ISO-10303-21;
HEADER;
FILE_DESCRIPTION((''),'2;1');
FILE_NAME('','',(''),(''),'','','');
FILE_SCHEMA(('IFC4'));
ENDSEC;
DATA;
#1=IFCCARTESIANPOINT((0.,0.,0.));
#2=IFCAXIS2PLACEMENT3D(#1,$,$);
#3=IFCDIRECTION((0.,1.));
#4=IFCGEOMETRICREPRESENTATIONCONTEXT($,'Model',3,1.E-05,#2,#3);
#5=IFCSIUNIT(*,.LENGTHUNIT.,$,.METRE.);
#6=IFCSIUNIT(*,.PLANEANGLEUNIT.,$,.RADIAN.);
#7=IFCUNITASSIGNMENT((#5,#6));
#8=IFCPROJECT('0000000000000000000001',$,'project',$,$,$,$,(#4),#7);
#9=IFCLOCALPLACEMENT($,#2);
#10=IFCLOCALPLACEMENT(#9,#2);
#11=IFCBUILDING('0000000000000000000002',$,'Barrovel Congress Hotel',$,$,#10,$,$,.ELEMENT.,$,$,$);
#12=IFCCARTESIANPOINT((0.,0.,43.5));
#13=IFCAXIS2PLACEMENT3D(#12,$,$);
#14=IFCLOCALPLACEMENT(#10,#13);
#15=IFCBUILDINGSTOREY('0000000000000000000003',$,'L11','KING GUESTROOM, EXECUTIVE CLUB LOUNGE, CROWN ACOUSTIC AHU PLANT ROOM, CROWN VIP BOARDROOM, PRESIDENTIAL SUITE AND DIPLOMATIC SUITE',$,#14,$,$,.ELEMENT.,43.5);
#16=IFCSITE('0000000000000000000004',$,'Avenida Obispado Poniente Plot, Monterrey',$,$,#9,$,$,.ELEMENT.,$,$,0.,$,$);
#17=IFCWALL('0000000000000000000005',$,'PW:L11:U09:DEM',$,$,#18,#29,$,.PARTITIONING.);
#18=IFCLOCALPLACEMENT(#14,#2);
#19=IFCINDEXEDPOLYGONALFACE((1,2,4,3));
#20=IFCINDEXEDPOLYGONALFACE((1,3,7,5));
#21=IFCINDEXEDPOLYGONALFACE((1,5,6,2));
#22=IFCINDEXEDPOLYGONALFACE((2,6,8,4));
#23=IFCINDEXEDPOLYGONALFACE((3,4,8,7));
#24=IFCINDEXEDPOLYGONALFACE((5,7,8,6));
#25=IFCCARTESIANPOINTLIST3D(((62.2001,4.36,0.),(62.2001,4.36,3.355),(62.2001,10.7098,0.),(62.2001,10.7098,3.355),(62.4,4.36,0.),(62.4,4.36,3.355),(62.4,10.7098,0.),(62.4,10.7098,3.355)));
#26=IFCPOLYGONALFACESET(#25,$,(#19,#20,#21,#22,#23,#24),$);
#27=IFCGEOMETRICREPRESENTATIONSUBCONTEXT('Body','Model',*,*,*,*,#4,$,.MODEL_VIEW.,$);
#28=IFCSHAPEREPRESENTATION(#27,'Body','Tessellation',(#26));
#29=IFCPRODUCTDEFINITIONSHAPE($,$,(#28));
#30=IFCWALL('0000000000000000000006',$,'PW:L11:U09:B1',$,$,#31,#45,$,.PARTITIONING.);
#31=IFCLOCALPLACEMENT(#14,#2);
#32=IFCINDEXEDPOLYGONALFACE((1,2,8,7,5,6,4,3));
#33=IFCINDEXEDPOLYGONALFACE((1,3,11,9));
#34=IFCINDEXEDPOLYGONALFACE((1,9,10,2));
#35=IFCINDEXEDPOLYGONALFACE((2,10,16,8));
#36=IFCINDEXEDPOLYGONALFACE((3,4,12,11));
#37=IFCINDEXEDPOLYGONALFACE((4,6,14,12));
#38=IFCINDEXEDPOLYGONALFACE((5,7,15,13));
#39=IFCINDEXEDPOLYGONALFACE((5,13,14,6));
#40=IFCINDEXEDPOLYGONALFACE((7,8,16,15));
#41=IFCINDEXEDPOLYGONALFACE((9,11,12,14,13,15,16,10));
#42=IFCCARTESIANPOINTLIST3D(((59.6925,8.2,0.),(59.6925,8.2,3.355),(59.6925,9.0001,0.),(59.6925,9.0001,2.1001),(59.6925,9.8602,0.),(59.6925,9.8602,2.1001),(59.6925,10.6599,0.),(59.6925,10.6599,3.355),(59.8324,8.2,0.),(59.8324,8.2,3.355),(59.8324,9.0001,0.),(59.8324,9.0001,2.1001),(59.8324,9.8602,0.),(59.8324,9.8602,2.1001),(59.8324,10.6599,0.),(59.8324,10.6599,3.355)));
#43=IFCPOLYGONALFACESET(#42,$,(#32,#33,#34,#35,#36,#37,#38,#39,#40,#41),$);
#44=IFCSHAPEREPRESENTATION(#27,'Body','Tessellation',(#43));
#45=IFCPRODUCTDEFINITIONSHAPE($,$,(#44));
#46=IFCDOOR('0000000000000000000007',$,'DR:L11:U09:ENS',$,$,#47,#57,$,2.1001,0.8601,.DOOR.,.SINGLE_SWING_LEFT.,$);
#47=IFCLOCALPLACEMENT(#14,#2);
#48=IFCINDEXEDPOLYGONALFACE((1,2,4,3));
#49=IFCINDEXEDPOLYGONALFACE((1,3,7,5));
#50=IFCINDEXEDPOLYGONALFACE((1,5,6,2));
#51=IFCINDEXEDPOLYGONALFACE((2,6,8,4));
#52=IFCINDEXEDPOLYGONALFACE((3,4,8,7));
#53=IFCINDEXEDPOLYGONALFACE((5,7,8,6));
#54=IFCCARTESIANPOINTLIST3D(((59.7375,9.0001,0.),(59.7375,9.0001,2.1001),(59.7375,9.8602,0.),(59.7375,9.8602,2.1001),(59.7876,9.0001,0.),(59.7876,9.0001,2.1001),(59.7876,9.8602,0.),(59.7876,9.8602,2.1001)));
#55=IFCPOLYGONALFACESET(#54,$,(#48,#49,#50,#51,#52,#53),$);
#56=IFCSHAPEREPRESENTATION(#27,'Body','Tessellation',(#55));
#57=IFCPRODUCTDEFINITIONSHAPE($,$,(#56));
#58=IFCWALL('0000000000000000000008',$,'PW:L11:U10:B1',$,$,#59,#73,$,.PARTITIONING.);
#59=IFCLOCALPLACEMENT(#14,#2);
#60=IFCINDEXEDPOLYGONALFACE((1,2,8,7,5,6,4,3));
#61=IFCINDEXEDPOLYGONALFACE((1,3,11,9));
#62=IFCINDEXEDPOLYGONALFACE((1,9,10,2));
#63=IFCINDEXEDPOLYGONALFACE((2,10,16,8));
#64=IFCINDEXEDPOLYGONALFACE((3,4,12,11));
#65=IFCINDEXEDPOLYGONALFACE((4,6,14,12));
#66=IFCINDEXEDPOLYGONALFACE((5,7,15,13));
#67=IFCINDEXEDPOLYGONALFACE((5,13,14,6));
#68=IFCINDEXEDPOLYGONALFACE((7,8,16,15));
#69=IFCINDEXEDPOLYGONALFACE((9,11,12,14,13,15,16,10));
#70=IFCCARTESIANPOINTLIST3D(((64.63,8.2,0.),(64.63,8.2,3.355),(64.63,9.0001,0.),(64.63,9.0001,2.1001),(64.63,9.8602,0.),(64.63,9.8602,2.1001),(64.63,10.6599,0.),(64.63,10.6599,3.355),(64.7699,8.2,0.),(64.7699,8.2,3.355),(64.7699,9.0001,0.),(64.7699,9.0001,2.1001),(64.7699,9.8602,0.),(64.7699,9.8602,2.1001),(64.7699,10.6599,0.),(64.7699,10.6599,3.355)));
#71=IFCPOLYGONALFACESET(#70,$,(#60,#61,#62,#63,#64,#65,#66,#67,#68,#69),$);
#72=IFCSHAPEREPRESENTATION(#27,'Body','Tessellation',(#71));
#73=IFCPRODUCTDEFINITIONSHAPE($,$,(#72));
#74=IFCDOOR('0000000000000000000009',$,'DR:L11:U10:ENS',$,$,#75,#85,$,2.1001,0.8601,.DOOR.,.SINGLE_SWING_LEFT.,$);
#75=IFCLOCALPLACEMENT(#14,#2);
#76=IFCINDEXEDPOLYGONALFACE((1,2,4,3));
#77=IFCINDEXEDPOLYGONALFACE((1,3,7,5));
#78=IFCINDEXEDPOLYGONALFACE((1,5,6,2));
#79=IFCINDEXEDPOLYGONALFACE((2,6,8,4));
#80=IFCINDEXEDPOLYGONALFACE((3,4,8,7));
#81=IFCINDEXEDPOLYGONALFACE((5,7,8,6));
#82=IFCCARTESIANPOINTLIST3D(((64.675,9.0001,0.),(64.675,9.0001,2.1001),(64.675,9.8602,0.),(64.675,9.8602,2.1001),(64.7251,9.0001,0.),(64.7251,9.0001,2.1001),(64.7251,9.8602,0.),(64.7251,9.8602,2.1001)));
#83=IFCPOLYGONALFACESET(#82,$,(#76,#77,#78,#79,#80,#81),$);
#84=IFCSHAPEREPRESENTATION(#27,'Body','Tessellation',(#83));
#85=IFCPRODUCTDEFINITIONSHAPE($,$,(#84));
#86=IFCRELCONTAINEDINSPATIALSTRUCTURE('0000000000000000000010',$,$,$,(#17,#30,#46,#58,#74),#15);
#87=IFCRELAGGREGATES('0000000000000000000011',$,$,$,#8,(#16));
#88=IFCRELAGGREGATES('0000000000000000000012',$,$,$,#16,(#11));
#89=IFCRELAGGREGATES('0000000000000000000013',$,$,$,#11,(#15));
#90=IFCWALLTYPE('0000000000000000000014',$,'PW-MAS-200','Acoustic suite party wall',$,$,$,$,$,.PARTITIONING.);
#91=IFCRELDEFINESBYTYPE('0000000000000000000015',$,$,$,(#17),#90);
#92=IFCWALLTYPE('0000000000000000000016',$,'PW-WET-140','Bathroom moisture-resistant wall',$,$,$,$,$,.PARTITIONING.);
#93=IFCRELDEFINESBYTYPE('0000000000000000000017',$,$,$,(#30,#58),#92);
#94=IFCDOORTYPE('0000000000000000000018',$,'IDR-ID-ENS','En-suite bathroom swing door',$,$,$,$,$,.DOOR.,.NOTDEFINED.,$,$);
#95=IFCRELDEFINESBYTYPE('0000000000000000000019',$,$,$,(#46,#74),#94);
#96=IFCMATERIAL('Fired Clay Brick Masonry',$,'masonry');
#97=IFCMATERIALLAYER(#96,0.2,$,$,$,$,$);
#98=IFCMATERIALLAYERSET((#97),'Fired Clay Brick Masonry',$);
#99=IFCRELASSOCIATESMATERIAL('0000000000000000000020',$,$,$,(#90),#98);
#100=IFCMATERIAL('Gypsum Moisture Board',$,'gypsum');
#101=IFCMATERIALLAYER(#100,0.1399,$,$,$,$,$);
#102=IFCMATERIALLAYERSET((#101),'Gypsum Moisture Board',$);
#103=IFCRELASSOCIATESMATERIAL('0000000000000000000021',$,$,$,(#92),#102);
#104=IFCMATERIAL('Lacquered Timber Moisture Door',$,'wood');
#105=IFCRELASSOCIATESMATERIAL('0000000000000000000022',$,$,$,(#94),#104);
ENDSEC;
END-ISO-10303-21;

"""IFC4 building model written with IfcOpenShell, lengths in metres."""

from ifc_helpers import new_model, si_unit, direction, frame, frame_2d, origin, place, context, subcontext, project, spatial, rectangle, extrude, material, layer, layer_set, type_object, element, fill, save


model = new_model("IFC4")

# Units and contexts
model_context = context("Model", 3, precision=1e-05, world=origin(), true_north=direction((0.0, 1.0)))
body_context = subcontext(model_context, "Body", "Model", "MODEL_VIEW")
ifc_project = project(units=[si_unit("LENGTHUNIT", "METRE"), si_unit("PLANEANGLEUNIT", "RADIAN")], contexts=[model_context])

# Site, building, storey
site_placement = place(None, origin())
site = spatial("IfcSite", under=ifc_project, at=site_placement, Name="Avenida Obispado Poniente Plot, Monterrey", CompositionType="ELEMENT", RefElevation=0.0)
building_placement = place(site_placement, origin())
building = spatial("IfcBuilding", under=site, at=building_placement, Name="Barrovel Congress Hotel", CompositionType="ELEMENT")
storey_placement = place(building_placement, frame((0.0, 0.0, 43.5)))
storey = spatial("IfcBuildingStorey", under=building, at=storey_placement, Name="L11", Description="KING GUESTROOM, EXECUTIVE CLUB LOUNGE, CROWN ACOUSTIC AHU PLANT ROOM, CROWN VIP BOARDROOM, PRESIDENTIAL SUITE AND DIPLOMATIC SUITE", CompositionType="ELEMENT", Elevation=43.5)

# Shared definitions
ifc_material_1 = material(Name="Fired Clay Brick Masonry", Category="masonry")

# Wall
ifc_layer_1 = layer(ifc_material_1, 0.2)
ifc_layer_set_1 = layer_set([ifc_layer_1], Name="Fired Clay Brick Masonry")
wall_type_1 = type_object("IfcWallType", Name="PW-MAS-200", Description="Acoustic suite party wall", PredefinedType="PARTITIONING", material=ifc_layer_set_1)
for number, where, z_axis, x_axis, name in (
    (1, (62.3, 4.3601, 0.0), (0.0, 0.0, 1.0), (0.0, 1.0, 0.0), "PW:L11:U09:DEM"),
):
    element("IfcWall", number, at=place(storey_placement, frame(where, z_axis=z_axis, x_axis=x_axis)), inside=storey, type_object=wall_type_1, Name=name, PredefinedType="PARTITIONING", context=body_context, shape_type="SweptSolid", body=[
        extrude(rectangle(XDim=6.3499, YDim=0.2, at=frame_2d((3.1748, 0.0))), origin(), (0.0, 0.0, 1.0), 3.355),
    ])

# Walls, openings, doors
ifc_material_2 = material(Name="Gypsum Moisture Board", Category="gypsum")
ifc_layer_2 = layer(ifc_material_2, 0.1399)
ifc_layer_set_2 = layer_set([ifc_layer_2], Name="Gypsum Moisture Board")
wall_type_2 = type_object("IfcWallType", Name="PW-WET-140", Description="Bathroom moisture-resistant wall", PredefinedType="PARTITIONING", material=ifc_layer_set_2)
wall_1_placement = place(storey_placement, frame((59.7625, 8.2, 0.0), z_axis=(0.0, 0.0, 1.0), x_axis=(0.0, 1.0, 0.0)))
wall_1 = element("IfcWall", 2, at=wall_1_placement, inside=storey, type_object=wall_type_2, Name="PW:L11:U09:B1", PredefinedType="PARTITIONING", context=body_context, shape_type="SweptSolid", body=[
    extrude(rectangle(XDim=2.46, YDim=0.1399, at=frame_2d((1.23, 0.0))), origin(), (0.0, 0.0, 1.0), 3.355),
])
opening_1_placement = place(wall_1_placement, frame((0.8, 0.0, 0.0)))
opening_1 = element("IfcOpeningElement", 3, at=opening_1_placement, cuts=wall_1, PredefinedType="OPENING", context=body_context, shape_type="SweptSolid", body=[
    extrude(rectangle(XDim=0.8601, YDim=2.1001, at=frame_2d((0.4302, 1.05))), frame((0.0, 0.0801, 0.0), z_axis=(0.0, -1.0, 0.0), x_axis=(1.0, 0.0, 0.0)), (0.0, 0.0, 1.0), 0.1599),
])
ifc_material_3 = material(Name="Lacquered Timber Moisture Door", Category="wood")
door_type_1 = type_object("IfcDoorType", Name="IDR-ID-ENS", Description="En-suite bathroom swing door", OperationType="NOTDEFINED", PredefinedType="DOOR", material=ifc_material_3)
door_1_placement = place(opening_1_placement, origin())
door_1 = element("IfcDoor", 4, at=door_1_placement, inside=storey, type_object=door_type_1, Name="DR:L11:U09:ENS", OperationType="SINGLE_SWING_LEFT", OverallHeight=2.1001, OverallWidth=0.8601, PredefinedType="DOOR", context=body_context, shape_type="SweptSolid", body=[
    extrude(rectangle(XDim=0.8601, YDim=2.1001, at=frame_2d((0.4302, 1.05))), frame((0.0, 0.0249, 0.0), z_axis=(0.0, -1.0, 0.0), x_axis=(1.0, 0.0, 0.0)), (0.0, 0.0, 1.0), 0.05),
])
fill(opening_1, door_1)
wall_2_placement = place(storey_placement, frame((64.7, 8.2, 0.0), z_axis=(0.0, 0.0, 1.0), x_axis=(0.0, 1.0, 0.0)))
wall_2 = element("IfcWall", 5, at=wall_2_placement, inside=storey, type_object=wall_type_2, Name="PW:L11:U10:B1", PredefinedType="PARTITIONING", context=body_context, shape_type="SweptSolid", body=[
    extrude(rectangle(XDim=2.46, YDim=0.1399, at=frame_2d((1.23, 0.0))), origin(), (0.0, 0.0, 1.0), 3.355),
])
opening_2_placement = place(wall_2_placement, frame((0.8, 0.0, 0.0)))
opening_2 = element("IfcOpeningElement", 6, at=opening_2_placement, cuts=wall_2, PredefinedType="OPENING", context=body_context, shape_type="SweptSolid", body=[
    extrude(rectangle(XDim=0.8601, YDim=2.1001, at=frame_2d((0.4302, 1.05))), frame((0.0, 0.0801, 0.0), z_axis=(0.0, -1.0, 0.0), x_axis=(1.0, 0.0, 0.0)), (0.0, 0.0, 1.0), 0.1599),
])
door_2_placement = place(opening_2_placement, origin())
door_2 = element("IfcDoor", 7, at=door_2_placement, inside=storey, type_object=door_type_1, Name="DR:L11:U10:ENS", OperationType="SINGLE_SWING_LEFT", OverallHeight=2.1001, OverallWidth=0.8601, PredefinedType="DOOR", context=body_context, shape_type="SweptSolid", body=[
    extrude(rectangle(XDim=0.8601, YDim=2.1001, at=frame_2d((0.4302, 1.05))), frame((0.0, 0.0249, 0.0), z_axis=(0.0, -1.0, 0.0), x_axis=(1.0, 0.0, 0.0)), (0.0, 0.0, 1.0), 0.05),
])
fill(opening_2, door_2)

save(model, "model.ifc")
